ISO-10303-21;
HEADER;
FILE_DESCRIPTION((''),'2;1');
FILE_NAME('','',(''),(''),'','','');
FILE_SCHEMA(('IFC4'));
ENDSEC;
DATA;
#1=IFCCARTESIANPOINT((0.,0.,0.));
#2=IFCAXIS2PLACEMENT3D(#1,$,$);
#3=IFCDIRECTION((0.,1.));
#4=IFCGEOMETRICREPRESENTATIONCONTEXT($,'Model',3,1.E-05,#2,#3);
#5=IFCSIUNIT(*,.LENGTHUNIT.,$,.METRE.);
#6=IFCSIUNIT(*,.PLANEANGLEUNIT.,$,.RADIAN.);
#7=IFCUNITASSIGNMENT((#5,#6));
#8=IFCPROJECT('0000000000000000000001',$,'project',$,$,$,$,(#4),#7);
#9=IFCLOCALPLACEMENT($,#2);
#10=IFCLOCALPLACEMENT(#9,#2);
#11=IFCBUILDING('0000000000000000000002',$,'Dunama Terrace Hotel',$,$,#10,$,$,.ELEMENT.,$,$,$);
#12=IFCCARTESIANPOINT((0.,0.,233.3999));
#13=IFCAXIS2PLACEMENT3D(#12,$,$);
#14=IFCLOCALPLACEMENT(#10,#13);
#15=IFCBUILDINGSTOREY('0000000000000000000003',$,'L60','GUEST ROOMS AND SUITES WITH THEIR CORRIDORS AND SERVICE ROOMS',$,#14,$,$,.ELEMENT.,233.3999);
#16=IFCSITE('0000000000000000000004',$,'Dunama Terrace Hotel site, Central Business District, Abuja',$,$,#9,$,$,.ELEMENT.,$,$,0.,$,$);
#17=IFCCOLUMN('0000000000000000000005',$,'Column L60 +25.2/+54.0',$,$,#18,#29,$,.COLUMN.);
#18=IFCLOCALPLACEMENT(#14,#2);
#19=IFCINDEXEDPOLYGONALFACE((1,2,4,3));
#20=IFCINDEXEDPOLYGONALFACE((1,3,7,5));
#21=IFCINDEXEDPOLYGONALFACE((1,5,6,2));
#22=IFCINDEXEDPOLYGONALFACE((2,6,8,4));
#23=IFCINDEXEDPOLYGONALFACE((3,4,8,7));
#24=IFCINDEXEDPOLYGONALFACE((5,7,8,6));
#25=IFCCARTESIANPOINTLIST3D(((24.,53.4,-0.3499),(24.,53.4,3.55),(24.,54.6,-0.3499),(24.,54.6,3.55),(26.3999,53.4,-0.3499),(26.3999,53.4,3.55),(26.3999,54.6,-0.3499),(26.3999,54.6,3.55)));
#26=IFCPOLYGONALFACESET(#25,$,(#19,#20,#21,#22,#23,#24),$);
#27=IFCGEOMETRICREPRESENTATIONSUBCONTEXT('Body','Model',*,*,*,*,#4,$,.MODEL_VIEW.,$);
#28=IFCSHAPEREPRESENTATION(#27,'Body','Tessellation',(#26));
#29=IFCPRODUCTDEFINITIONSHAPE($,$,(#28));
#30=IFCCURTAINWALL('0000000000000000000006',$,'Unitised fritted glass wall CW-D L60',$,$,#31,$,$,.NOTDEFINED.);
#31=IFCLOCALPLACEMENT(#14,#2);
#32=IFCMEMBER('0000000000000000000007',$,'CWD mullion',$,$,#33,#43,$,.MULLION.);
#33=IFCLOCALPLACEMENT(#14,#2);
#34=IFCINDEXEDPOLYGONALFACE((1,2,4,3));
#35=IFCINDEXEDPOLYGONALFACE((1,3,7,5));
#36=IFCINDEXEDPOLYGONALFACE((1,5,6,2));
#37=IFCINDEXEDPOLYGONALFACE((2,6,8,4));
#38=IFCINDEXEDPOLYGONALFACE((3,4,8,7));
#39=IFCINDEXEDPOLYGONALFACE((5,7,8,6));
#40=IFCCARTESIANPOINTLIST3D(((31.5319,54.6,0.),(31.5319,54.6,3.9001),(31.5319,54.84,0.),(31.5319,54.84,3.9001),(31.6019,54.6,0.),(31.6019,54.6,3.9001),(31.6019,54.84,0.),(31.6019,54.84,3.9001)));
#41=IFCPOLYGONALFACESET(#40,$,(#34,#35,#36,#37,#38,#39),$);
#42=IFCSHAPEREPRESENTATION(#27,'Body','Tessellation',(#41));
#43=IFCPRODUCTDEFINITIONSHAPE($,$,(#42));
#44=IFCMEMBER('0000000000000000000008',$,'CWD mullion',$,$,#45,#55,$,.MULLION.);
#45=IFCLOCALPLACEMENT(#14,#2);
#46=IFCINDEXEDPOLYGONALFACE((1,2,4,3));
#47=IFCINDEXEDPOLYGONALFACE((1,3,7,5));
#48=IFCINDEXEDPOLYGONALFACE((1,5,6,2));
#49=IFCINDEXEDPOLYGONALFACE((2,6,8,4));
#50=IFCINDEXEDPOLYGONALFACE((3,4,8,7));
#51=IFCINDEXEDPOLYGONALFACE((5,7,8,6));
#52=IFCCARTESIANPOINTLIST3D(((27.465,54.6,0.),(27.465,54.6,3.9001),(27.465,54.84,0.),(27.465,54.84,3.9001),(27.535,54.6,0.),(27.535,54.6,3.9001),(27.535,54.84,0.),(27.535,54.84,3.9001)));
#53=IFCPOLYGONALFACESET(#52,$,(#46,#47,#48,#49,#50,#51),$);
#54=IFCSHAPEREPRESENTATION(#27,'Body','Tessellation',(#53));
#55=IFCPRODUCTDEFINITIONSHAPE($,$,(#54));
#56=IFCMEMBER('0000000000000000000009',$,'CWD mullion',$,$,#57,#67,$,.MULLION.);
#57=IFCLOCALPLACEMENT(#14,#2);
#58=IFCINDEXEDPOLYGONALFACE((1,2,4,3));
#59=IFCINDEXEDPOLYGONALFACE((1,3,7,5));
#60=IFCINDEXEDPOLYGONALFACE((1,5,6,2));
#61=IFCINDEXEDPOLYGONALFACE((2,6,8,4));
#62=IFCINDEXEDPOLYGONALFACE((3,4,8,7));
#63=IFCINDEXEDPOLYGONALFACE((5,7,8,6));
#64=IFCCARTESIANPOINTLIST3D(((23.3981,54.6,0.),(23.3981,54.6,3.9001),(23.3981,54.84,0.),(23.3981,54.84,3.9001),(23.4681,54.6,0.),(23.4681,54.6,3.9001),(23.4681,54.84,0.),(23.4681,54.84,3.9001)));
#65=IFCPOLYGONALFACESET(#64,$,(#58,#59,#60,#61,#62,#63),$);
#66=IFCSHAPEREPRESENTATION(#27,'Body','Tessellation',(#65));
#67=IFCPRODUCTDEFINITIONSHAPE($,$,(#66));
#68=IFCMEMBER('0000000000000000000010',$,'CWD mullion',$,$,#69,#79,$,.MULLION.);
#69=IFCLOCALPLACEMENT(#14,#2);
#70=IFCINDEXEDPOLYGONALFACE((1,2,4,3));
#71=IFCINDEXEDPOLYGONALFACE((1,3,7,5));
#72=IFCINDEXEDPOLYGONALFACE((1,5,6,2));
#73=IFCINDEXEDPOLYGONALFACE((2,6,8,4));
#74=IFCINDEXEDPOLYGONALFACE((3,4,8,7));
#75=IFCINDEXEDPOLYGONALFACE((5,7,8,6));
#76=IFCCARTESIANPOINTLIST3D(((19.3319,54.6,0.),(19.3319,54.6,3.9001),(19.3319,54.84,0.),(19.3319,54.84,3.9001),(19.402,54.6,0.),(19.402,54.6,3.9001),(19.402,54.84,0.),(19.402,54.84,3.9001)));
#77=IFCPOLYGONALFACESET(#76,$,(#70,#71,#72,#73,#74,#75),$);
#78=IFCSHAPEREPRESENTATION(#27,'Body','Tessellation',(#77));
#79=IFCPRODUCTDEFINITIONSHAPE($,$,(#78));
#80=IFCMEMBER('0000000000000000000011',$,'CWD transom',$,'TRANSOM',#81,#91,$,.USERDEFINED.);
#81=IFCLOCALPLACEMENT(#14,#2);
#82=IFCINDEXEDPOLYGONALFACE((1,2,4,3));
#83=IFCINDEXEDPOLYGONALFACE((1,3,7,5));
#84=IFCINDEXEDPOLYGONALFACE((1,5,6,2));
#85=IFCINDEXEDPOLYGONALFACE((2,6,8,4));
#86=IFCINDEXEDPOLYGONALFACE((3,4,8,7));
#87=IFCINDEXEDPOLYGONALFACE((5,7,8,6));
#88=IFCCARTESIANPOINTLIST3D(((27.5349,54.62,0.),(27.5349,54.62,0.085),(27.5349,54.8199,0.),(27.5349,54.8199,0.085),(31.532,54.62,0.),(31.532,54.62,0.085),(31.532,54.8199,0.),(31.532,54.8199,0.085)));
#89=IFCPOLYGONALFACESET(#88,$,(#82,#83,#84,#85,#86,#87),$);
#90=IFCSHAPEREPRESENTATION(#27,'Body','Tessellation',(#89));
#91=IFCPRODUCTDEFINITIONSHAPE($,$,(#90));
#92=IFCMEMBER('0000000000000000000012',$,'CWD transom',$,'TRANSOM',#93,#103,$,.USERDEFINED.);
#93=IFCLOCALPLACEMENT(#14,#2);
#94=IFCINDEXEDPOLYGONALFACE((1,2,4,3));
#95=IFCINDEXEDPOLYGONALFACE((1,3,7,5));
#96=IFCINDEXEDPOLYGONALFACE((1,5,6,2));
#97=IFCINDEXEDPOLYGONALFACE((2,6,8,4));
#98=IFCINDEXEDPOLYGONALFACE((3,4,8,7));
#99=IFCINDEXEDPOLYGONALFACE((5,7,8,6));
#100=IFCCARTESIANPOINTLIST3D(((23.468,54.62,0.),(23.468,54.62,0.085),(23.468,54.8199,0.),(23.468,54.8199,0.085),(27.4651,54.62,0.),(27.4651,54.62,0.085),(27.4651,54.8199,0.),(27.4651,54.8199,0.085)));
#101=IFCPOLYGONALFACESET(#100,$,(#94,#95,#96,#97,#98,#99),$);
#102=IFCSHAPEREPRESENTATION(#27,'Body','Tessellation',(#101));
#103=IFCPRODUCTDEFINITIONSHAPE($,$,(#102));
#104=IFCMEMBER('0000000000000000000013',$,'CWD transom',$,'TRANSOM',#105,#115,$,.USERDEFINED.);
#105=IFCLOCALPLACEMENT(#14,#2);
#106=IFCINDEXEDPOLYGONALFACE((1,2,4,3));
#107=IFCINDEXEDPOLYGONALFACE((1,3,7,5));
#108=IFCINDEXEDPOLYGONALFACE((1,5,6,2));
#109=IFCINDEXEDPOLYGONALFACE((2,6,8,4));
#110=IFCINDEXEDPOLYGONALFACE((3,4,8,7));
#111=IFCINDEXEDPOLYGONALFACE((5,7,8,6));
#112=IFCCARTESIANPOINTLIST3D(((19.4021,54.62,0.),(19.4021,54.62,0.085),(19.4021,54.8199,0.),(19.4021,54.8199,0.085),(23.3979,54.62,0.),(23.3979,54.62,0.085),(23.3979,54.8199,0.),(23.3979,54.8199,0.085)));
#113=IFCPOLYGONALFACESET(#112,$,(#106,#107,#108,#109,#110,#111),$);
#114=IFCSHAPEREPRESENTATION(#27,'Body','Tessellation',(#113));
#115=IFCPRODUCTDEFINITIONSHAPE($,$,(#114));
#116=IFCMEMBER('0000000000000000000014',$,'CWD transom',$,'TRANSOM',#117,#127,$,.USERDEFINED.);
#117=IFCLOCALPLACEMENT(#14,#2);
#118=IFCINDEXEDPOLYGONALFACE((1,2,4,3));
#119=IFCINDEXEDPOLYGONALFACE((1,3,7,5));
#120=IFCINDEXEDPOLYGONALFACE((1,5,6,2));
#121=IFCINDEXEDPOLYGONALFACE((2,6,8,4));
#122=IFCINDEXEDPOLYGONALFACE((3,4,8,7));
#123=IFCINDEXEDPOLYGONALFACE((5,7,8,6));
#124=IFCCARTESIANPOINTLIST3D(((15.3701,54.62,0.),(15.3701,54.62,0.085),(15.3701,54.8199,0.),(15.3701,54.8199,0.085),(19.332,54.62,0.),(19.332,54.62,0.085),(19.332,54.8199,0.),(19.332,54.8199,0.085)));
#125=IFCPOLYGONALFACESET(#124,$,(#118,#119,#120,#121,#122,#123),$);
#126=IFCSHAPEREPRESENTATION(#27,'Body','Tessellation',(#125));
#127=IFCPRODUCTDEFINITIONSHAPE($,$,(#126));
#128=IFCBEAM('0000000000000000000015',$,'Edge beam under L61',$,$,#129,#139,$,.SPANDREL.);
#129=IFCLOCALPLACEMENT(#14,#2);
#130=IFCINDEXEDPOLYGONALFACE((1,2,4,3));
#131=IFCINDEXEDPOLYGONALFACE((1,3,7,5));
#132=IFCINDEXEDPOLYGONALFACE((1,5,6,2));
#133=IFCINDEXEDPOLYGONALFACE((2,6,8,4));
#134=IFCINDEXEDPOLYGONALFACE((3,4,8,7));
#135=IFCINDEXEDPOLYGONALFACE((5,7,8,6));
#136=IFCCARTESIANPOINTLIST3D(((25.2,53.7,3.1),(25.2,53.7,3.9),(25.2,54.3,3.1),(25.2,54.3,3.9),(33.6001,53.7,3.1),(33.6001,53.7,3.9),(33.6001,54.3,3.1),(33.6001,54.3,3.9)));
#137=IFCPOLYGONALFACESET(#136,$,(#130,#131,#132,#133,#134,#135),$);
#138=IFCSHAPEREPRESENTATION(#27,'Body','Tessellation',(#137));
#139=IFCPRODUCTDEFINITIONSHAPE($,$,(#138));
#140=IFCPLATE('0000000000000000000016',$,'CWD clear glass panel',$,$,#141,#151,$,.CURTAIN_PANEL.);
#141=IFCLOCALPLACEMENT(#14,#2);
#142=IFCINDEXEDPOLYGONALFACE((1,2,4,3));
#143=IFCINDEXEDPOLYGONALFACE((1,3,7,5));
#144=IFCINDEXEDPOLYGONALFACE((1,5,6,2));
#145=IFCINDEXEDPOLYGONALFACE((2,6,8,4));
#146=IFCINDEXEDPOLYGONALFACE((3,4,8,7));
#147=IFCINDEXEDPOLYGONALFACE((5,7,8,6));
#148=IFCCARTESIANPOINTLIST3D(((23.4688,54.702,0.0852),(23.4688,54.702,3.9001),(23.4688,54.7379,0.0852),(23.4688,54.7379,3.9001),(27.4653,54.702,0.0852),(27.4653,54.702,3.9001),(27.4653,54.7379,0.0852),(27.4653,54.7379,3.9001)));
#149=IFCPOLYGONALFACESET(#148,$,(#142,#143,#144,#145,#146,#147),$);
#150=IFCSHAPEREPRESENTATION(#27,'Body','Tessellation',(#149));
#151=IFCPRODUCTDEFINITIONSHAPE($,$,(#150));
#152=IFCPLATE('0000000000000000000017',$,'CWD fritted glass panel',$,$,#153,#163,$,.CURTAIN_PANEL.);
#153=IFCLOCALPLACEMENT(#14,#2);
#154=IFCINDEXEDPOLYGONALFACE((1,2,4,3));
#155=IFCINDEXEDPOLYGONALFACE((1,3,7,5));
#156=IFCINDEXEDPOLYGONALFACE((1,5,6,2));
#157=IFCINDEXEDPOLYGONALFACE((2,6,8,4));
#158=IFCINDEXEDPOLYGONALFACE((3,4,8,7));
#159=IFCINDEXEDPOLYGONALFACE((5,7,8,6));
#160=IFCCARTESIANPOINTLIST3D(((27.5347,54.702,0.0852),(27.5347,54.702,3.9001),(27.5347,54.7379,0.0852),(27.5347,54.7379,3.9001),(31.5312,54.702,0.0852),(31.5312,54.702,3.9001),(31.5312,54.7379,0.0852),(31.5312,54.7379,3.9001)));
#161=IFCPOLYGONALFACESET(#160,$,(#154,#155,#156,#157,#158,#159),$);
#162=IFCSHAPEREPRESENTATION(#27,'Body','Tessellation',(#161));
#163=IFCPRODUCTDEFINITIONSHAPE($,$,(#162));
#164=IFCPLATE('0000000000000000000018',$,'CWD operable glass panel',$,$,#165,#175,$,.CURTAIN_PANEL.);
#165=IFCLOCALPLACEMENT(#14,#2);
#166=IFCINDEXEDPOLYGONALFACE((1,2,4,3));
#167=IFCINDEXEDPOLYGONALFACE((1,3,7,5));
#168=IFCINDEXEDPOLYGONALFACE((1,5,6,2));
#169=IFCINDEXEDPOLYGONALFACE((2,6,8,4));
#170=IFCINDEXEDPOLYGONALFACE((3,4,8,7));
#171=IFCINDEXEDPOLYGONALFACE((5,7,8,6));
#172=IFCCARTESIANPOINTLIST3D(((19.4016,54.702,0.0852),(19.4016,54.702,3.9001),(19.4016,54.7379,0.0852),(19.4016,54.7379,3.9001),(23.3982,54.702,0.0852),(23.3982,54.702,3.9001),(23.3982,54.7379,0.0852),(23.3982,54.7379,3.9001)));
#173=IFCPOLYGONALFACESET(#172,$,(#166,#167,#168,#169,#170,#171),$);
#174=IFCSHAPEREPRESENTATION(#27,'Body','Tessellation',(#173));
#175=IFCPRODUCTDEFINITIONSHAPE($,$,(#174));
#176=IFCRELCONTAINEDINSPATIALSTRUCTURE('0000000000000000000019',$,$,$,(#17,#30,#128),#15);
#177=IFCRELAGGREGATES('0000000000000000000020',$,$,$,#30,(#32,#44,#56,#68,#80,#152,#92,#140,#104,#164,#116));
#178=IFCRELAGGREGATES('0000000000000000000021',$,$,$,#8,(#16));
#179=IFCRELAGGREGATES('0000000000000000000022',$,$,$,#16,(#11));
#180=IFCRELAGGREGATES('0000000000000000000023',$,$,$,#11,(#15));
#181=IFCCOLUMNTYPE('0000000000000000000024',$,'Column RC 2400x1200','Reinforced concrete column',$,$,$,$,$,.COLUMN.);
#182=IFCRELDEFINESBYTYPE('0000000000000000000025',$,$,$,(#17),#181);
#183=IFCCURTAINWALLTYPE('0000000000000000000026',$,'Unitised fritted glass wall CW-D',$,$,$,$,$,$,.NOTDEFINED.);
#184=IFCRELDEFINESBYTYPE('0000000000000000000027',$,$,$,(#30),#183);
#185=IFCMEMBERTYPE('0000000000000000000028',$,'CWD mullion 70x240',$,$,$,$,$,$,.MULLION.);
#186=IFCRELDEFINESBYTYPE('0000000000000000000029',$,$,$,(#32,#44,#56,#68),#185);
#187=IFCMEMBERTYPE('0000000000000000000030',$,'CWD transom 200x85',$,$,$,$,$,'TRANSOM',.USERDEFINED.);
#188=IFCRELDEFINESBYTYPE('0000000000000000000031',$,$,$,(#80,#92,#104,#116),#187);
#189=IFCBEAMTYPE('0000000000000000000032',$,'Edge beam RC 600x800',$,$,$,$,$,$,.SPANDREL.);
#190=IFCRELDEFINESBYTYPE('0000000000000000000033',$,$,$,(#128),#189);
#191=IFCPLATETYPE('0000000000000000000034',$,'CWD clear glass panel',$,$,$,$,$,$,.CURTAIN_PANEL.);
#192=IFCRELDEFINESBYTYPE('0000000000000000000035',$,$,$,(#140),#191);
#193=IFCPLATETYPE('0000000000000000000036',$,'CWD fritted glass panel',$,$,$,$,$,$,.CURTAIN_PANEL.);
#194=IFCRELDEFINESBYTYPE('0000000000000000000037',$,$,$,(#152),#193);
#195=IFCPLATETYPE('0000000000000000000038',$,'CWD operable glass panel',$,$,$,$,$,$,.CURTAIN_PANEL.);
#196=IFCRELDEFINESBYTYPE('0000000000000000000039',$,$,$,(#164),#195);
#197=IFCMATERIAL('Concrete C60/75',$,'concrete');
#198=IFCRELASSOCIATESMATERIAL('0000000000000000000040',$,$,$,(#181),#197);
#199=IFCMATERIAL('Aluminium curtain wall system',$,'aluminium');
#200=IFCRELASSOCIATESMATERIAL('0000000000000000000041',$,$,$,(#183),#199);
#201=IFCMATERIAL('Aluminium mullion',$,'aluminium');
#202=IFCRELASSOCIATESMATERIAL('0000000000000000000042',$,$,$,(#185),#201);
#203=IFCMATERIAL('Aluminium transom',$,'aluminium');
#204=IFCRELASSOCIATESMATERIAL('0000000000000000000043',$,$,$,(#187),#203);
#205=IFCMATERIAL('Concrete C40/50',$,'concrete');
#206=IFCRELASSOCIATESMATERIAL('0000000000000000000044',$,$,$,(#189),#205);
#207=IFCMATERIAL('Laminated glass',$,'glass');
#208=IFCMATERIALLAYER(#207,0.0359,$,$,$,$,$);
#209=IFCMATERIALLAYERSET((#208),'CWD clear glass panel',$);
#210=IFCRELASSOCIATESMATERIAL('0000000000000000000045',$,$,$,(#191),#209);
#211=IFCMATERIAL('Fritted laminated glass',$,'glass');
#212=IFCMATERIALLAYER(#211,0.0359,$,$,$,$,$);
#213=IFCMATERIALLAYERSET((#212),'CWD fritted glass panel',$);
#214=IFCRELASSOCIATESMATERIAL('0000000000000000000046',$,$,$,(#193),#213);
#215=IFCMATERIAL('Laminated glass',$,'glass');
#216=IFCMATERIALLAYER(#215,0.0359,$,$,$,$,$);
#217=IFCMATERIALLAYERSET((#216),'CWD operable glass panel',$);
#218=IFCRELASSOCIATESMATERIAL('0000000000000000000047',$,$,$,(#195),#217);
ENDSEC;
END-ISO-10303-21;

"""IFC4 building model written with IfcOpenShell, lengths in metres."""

from ifc_helpers import new_model, si_unit, direction, frame, origin, origin_2d, place, context, subcontext, project, spatial, rectangle, extrude, material, layer, layer_set, material_profile, profile_set, type_object, element, aggregate, save


model = new_model("IFC4")

# Units and contexts
model_context = context("Model", 3, precision=1e-05, world=origin(), true_north=direction((0.0, 1.0)))
body_context = subcontext(model_context, "Body", "Model", "MODEL_VIEW")
ifc_project = project(units=[si_unit("LENGTHUNIT", "METRE"), si_unit("PLANEANGLEUNIT", "RADIAN")], contexts=[model_context])

# Site, building, storey
site_placement = place(None, origin())
site = spatial("IfcSite", under=ifc_project, at=site_placement, Name="Dunama Terrace Hotel site, Central Business District, Abuja", CompositionType="ELEMENT", RefElevation=0.0)
building_placement = place(site_placement, origin())
building = spatial("IfcBuilding", under=site, at=building_placement, Name="Dunama Terrace Hotel", CompositionType="ELEMENT")
storey_placement = place(building_placement, frame((0.0, 0.0, 233.3999)))
storey = spatial("IfcBuildingStorey", under=building, at=storey_placement, Name="L60", Description="GUEST ROOMS AND SUITES WITH THEIR CORRIDORS AND SERVICE ROOMS", CompositionType="ELEMENT", Elevation=233.3999)

# Column
ifc_material_1 = material(Name="Concrete C60/75", Category="concrete")
ifc_material_profile_1 = material_profile(ifc_material_1, rectangle(XDim=2.3999, YDim=1.2, at=origin_2d()), Name="RC 2400x1200")
ifc_profile_set_1 = profile_set([ifc_material_profile_1], Name="Concrete C60/75")
column_type = type_object("IfcColumnType", Name="Column RC 2400x1200", Description="Reinforced concrete column", PredefinedType="COLUMN", material=ifc_profile_set_1)
column_placement = place(storey_placement, frame((25.2, 54.0, -0.3499), z_axis=(0.0, 0.0, 1.0), x_axis=(1.0, 0.0, 0.0)))
element("IfcColumn", 1, at=column_placement, inside=storey, type_object=column_type, Name="Column L60 +25.2/+54.0", PredefinedType="COLUMN", context=body_context, shape_type="SweptSolid", body=[
    extrude(rectangle(XDim=2.3999, YDim=1.2, at=origin_2d()), origin(), (0.0, 0.0, 1.0), 3.8999),
])

# Curtain wall, members
ifc_material_2 = material(Name="Aluminium curtain wall system", Category="aluminium")
curtain_wall_type = type_object("IfcCurtainWallType", Name="Unitised fritted glass wall CW-D", PredefinedType="NOTDEFINED", material=ifc_material_2)
curtain_wall_placement = place(storey_placement, origin())
curtain_wall = element("IfcCurtainWall", 2, at=curtain_wall_placement, inside=storey, type_object=curtain_wall_type, Name="Unitised fritted glass wall CW-D L60", PredefinedType="NOTDEFINED")
ifc_material_3 = material(Name="Aluminium mullion", Category="aluminium")
ifc_material_profile_2 = material_profile(ifc_material_3, rectangle(XDim=0.0701, YDim=0.24, at=origin_2d()), Name="CWD MULLION 70X240")
ifc_profile_set_2 = profile_set([ifc_material_profile_2], Name="Aluminium mullion")
member_type_1 = type_object("IfcMemberType", Name="CWD mullion 70x240", PredefinedType="MULLION", material=ifc_profile_set_2)
member_1_placement = place(storey_placement, frame((31.5669, 54.72, 0.0), z_axis=(0.0, 0.0, 1.0), x_axis=(-1.0, 0.0, 0.0)))
member_1 = element("IfcMember", 3, at=member_1_placement, type_object=member_type_1, Name="CWD mullion", PredefinedType="MULLION", context=body_context, shape_type="SweptSolid", body=[
    extrude(rectangle(XDim=0.0701, YDim=0.24, at=origin_2d()), origin(), (0.0, 0.0, 1.0), 3.9001),
])
member_2_placement = place(storey_placement, frame((27.5, 54.72, 0.0), z_axis=(0.0, 0.0, 1.0), x_axis=(-1.0, 0.0, 0.0)))
member_2 = element("IfcMember", 4, at=member_2_placement, type_object=member_type_1, Name="CWD mullion", PredefinedType="MULLION", context=body_context, shape_type="SweptSolid", body=[
    extrude(rectangle(XDim=0.0701, YDim=0.24, at=origin_2d()), origin(), (0.0, 0.0, 1.0), 3.9001),
])
member_3_placement = place(storey_placement, frame((23.4331, 54.72, 0.0), z_axis=(0.0, 0.0, 1.0), x_axis=(-1.0, 0.0, 0.0)))
member_3 = element("IfcMember", 5, at=member_3_placement, type_object=member_type_1, Name="CWD mullion", PredefinedType="MULLION", context=body_context, shape_type="SweptSolid", body=[
    extrude(rectangle(XDim=0.0701, YDim=0.24, at=origin_2d()), origin(), (0.0, 0.0, 1.0), 3.9001),
])
member_4_placement = place(storey_placement, frame((19.3669, 54.72, 0.0), z_axis=(0.0, 0.0, 1.0), x_axis=(-1.0, 0.0, 0.0)))
member_4 = element("IfcMember", 6, at=member_4_placement, type_object=member_type_1, Name="CWD mullion", PredefinedType="MULLION", context=body_context, shape_type="SweptSolid", body=[
    extrude(rectangle(XDim=0.0701, YDim=0.24, at=origin_2d()), origin(), (0.0, 0.0, 1.0), 3.9001),
])
ifc_material_4 = material(Name="Aluminium transom", Category="aluminium")
ifc_material_profile_3 = material_profile(ifc_material_4, rectangle(XDim=0.2, YDim=0.085, at=origin_2d()), Name="CWD TRANSOM 200X85")
ifc_profile_set_3 = profile_set([ifc_material_profile_3], Name="Aluminium transom")
member_type_2 = type_object("IfcMemberType", Name="CWD transom 200x85", ElementType="TRANSOM", PredefinedType="USERDEFINED", material=ifc_profile_set_3)
member_5_placement = place(storey_placement, frame((31.532, 54.72, 0.0425), z_axis=(-1.0, 0.0, 0.0), x_axis=(0.0, -1.0, 0.0)))
member_5 = element("IfcMember", 7, at=member_5_placement, type_object=member_type_2, Name="CWD transom", ObjectType="TRANSOM", PredefinedType="USERDEFINED", context=body_context, shape_type="SweptSolid", body=[
    extrude(rectangle(XDim=0.2, YDim=0.085, at=origin_2d()), origin(), (0.0, 0.0, 1.0), 3.9971),
])
member_6_placement = place(storey_placement, frame((27.4651, 54.72, 0.0425), z_axis=(-1.0, 0.0, 0.0), x_axis=(0.0, -1.0, 0.0)))
member_6 = element("IfcMember", 8, at=member_6_placement, type_object=member_type_2, Name="CWD transom", ObjectType="TRANSOM", PredefinedType="USERDEFINED", context=body_context, shape_type="SweptSolid", body=[
    extrude(rectangle(XDim=0.2, YDim=0.085, at=origin_2d()), origin(), (0.0, 0.0, 1.0), 3.9971),
])
member_7_placement = place(storey_placement, frame((23.3979, 54.72, 0.0425), z_axis=(-1.0, 0.0, 0.0), x_axis=(0.0, -1.0, 0.0)))
member_7 = element("IfcMember", 9, at=member_7_placement, type_object=member_type_2, Name="CWD transom", ObjectType="TRANSOM", PredefinedType="USERDEFINED", context=body_context, shape_type="SweptSolid", body=[
    extrude(rectangle(XDim=0.2, YDim=0.085, at=origin_2d()), origin(), (0.0, 0.0, 1.0), 3.9958),
])
member_8_placement = place(storey_placement, frame((19.332, 54.72, 0.0425), z_axis=(-1.0, 0.0, 0.0), x_axis=(0.0, -1.0, 0.0)))
member_8 = element("IfcMember", 10, at=member_8_placement, type_object=member_type_2, Name="CWD transom", ObjectType="TRANSOM", PredefinedType="USERDEFINED", context=body_context, shape_type="SweptSolid", body=[
    extrude(rectangle(XDim=0.2, YDim=0.085, at=origin_2d()), origin(), (0.0, 0.0, 1.0), 3.9619),
])

# Beam
ifc_material_5 = material(Name="Concrete C40/50", Category="concrete")
ifc_material_profile_4 = material_profile(ifc_material_5, rectangle(XDim=0.6001, YDim=0.8, at=origin_2d()), Name="RC 600x800")
ifc_profile_set_4 = profile_set([ifc_material_profile_4], Name="Concrete C40/50")
beam_type = type_object("IfcBeamType", Name="Edge beam RC 600x800", PredefinedType="SPANDREL", material=ifc_profile_set_4)
beam_placement = place(storey_placement, frame((25.2, 54.0, 3.5), z_axis=(1.0, 0.0, 0.0), x_axis=(0.0, 1.0, 0.0)))
element("IfcBeam", 11, at=beam_placement, inside=storey, type_object=beam_type, Name="Edge beam under L61", PredefinedType="SPANDREL", context=body_context, shape_type="SweptSolid", body=[
    extrude(rectangle(XDim=0.6001, YDim=0.8, at=origin_2d()), origin(), (0.0, 0.0, 1.0), 8.4001),
])

# Plates
ifc_material_6 = material(Name="Laminated glass", Category="glass")
ifc_layer_1 = layer(ifc_material_6, 0.0359)
ifc_layer_set_1 = layer_set([ifc_layer_1], Name="CWD clear glass panel")
plate_type_1 = type_object("IfcPlateType", Name="CWD clear glass panel", PredefinedType="CURTAIN_PANEL", material=ifc_layer_set_1)
plate_1_placement = place(storey_placement, frame((25.467, 54.72, 0.0852), z_axis=(0.0, 0.0, 1.0), x_axis=(-1.0, 0.0, 0.0)))
plate_1 = element("IfcPlate", 12, at=plate_1_placement, type_object=plate_type_1, Name="CWD clear glass panel", PredefinedType="CURTAIN_PANEL", context=body_context, shape_type="SweptSolid", body=[
    extrude(rectangle(XDim=3.9966, YDim=0.0359, at=origin_2d()), origin(), (0.0, 0.0, 1.0), 3.8149),
])
ifc_material_7 = material(Name="Fritted laminated glass", Category="glass")
ifc_layer_2 = layer(ifc_material_7, 0.0359)
ifc_layer_set_2 = layer_set([ifc_layer_2], Name="CWD fritted glass panel")
plate_type_2 = type_object("IfcPlateType", Name="CWD fritted glass panel", PredefinedType="CURTAIN_PANEL", material=ifc_layer_set_2)
plate_2_placement = place(storey_placement, frame((29.533, 54.72, 0.0852), z_axis=(0.0, 0.0, 1.0), x_axis=(-1.0, 0.0, 0.0)))
plate_2 = element("IfcPlate", 13, at=plate_2_placement, type_object=plate_type_2, Name="CWD fritted glass panel", PredefinedType="CURTAIN_PANEL", context=body_context, shape_type="SweptSolid", body=[
    extrude(rectangle(XDim=3.9966, YDim=0.0359, at=origin_2d()), origin(), (0.0, 0.0, 1.0), 3.8149),
])
ifc_material_8 = material(Name="Laminated glass", Category="glass")
ifc_layer_3 = layer(ifc_material_8, 0.0359)
ifc_layer_set_3 = layer_set([ifc_layer_3], Name="CWD operable glass panel")
plate_type_3 = type_object("IfcPlateType", Name="CWD operable glass panel", PredefinedType="CURTAIN_PANEL", material=ifc_layer_set_3)
plate_3_placement = place(storey_placement, frame((21.3999, 54.72, 0.0852), z_axis=(0.0, 0.0, 1.0), x_axis=(-1.0, 0.0, 0.0)))
plate_3 = element("IfcPlate", 14, at=plate_3_placement, type_object=plate_type_3, Name="CWD operable glass panel", PredefinedType="CURTAIN_PANEL", context=body_context, shape_type="SweptSolid", body=[
    extrude(rectangle(XDim=3.9966, YDim=0.0359, at=origin_2d()), origin(), (0.0, 0.0, 1.0), 3.8149),
])
aggregate(curtain_wall, [member_1, member_2, member_3, member_4, member_5, plate_2, member_6, plate_1, member_7, plate_3, member_8])

save(model, "model.ifc")
